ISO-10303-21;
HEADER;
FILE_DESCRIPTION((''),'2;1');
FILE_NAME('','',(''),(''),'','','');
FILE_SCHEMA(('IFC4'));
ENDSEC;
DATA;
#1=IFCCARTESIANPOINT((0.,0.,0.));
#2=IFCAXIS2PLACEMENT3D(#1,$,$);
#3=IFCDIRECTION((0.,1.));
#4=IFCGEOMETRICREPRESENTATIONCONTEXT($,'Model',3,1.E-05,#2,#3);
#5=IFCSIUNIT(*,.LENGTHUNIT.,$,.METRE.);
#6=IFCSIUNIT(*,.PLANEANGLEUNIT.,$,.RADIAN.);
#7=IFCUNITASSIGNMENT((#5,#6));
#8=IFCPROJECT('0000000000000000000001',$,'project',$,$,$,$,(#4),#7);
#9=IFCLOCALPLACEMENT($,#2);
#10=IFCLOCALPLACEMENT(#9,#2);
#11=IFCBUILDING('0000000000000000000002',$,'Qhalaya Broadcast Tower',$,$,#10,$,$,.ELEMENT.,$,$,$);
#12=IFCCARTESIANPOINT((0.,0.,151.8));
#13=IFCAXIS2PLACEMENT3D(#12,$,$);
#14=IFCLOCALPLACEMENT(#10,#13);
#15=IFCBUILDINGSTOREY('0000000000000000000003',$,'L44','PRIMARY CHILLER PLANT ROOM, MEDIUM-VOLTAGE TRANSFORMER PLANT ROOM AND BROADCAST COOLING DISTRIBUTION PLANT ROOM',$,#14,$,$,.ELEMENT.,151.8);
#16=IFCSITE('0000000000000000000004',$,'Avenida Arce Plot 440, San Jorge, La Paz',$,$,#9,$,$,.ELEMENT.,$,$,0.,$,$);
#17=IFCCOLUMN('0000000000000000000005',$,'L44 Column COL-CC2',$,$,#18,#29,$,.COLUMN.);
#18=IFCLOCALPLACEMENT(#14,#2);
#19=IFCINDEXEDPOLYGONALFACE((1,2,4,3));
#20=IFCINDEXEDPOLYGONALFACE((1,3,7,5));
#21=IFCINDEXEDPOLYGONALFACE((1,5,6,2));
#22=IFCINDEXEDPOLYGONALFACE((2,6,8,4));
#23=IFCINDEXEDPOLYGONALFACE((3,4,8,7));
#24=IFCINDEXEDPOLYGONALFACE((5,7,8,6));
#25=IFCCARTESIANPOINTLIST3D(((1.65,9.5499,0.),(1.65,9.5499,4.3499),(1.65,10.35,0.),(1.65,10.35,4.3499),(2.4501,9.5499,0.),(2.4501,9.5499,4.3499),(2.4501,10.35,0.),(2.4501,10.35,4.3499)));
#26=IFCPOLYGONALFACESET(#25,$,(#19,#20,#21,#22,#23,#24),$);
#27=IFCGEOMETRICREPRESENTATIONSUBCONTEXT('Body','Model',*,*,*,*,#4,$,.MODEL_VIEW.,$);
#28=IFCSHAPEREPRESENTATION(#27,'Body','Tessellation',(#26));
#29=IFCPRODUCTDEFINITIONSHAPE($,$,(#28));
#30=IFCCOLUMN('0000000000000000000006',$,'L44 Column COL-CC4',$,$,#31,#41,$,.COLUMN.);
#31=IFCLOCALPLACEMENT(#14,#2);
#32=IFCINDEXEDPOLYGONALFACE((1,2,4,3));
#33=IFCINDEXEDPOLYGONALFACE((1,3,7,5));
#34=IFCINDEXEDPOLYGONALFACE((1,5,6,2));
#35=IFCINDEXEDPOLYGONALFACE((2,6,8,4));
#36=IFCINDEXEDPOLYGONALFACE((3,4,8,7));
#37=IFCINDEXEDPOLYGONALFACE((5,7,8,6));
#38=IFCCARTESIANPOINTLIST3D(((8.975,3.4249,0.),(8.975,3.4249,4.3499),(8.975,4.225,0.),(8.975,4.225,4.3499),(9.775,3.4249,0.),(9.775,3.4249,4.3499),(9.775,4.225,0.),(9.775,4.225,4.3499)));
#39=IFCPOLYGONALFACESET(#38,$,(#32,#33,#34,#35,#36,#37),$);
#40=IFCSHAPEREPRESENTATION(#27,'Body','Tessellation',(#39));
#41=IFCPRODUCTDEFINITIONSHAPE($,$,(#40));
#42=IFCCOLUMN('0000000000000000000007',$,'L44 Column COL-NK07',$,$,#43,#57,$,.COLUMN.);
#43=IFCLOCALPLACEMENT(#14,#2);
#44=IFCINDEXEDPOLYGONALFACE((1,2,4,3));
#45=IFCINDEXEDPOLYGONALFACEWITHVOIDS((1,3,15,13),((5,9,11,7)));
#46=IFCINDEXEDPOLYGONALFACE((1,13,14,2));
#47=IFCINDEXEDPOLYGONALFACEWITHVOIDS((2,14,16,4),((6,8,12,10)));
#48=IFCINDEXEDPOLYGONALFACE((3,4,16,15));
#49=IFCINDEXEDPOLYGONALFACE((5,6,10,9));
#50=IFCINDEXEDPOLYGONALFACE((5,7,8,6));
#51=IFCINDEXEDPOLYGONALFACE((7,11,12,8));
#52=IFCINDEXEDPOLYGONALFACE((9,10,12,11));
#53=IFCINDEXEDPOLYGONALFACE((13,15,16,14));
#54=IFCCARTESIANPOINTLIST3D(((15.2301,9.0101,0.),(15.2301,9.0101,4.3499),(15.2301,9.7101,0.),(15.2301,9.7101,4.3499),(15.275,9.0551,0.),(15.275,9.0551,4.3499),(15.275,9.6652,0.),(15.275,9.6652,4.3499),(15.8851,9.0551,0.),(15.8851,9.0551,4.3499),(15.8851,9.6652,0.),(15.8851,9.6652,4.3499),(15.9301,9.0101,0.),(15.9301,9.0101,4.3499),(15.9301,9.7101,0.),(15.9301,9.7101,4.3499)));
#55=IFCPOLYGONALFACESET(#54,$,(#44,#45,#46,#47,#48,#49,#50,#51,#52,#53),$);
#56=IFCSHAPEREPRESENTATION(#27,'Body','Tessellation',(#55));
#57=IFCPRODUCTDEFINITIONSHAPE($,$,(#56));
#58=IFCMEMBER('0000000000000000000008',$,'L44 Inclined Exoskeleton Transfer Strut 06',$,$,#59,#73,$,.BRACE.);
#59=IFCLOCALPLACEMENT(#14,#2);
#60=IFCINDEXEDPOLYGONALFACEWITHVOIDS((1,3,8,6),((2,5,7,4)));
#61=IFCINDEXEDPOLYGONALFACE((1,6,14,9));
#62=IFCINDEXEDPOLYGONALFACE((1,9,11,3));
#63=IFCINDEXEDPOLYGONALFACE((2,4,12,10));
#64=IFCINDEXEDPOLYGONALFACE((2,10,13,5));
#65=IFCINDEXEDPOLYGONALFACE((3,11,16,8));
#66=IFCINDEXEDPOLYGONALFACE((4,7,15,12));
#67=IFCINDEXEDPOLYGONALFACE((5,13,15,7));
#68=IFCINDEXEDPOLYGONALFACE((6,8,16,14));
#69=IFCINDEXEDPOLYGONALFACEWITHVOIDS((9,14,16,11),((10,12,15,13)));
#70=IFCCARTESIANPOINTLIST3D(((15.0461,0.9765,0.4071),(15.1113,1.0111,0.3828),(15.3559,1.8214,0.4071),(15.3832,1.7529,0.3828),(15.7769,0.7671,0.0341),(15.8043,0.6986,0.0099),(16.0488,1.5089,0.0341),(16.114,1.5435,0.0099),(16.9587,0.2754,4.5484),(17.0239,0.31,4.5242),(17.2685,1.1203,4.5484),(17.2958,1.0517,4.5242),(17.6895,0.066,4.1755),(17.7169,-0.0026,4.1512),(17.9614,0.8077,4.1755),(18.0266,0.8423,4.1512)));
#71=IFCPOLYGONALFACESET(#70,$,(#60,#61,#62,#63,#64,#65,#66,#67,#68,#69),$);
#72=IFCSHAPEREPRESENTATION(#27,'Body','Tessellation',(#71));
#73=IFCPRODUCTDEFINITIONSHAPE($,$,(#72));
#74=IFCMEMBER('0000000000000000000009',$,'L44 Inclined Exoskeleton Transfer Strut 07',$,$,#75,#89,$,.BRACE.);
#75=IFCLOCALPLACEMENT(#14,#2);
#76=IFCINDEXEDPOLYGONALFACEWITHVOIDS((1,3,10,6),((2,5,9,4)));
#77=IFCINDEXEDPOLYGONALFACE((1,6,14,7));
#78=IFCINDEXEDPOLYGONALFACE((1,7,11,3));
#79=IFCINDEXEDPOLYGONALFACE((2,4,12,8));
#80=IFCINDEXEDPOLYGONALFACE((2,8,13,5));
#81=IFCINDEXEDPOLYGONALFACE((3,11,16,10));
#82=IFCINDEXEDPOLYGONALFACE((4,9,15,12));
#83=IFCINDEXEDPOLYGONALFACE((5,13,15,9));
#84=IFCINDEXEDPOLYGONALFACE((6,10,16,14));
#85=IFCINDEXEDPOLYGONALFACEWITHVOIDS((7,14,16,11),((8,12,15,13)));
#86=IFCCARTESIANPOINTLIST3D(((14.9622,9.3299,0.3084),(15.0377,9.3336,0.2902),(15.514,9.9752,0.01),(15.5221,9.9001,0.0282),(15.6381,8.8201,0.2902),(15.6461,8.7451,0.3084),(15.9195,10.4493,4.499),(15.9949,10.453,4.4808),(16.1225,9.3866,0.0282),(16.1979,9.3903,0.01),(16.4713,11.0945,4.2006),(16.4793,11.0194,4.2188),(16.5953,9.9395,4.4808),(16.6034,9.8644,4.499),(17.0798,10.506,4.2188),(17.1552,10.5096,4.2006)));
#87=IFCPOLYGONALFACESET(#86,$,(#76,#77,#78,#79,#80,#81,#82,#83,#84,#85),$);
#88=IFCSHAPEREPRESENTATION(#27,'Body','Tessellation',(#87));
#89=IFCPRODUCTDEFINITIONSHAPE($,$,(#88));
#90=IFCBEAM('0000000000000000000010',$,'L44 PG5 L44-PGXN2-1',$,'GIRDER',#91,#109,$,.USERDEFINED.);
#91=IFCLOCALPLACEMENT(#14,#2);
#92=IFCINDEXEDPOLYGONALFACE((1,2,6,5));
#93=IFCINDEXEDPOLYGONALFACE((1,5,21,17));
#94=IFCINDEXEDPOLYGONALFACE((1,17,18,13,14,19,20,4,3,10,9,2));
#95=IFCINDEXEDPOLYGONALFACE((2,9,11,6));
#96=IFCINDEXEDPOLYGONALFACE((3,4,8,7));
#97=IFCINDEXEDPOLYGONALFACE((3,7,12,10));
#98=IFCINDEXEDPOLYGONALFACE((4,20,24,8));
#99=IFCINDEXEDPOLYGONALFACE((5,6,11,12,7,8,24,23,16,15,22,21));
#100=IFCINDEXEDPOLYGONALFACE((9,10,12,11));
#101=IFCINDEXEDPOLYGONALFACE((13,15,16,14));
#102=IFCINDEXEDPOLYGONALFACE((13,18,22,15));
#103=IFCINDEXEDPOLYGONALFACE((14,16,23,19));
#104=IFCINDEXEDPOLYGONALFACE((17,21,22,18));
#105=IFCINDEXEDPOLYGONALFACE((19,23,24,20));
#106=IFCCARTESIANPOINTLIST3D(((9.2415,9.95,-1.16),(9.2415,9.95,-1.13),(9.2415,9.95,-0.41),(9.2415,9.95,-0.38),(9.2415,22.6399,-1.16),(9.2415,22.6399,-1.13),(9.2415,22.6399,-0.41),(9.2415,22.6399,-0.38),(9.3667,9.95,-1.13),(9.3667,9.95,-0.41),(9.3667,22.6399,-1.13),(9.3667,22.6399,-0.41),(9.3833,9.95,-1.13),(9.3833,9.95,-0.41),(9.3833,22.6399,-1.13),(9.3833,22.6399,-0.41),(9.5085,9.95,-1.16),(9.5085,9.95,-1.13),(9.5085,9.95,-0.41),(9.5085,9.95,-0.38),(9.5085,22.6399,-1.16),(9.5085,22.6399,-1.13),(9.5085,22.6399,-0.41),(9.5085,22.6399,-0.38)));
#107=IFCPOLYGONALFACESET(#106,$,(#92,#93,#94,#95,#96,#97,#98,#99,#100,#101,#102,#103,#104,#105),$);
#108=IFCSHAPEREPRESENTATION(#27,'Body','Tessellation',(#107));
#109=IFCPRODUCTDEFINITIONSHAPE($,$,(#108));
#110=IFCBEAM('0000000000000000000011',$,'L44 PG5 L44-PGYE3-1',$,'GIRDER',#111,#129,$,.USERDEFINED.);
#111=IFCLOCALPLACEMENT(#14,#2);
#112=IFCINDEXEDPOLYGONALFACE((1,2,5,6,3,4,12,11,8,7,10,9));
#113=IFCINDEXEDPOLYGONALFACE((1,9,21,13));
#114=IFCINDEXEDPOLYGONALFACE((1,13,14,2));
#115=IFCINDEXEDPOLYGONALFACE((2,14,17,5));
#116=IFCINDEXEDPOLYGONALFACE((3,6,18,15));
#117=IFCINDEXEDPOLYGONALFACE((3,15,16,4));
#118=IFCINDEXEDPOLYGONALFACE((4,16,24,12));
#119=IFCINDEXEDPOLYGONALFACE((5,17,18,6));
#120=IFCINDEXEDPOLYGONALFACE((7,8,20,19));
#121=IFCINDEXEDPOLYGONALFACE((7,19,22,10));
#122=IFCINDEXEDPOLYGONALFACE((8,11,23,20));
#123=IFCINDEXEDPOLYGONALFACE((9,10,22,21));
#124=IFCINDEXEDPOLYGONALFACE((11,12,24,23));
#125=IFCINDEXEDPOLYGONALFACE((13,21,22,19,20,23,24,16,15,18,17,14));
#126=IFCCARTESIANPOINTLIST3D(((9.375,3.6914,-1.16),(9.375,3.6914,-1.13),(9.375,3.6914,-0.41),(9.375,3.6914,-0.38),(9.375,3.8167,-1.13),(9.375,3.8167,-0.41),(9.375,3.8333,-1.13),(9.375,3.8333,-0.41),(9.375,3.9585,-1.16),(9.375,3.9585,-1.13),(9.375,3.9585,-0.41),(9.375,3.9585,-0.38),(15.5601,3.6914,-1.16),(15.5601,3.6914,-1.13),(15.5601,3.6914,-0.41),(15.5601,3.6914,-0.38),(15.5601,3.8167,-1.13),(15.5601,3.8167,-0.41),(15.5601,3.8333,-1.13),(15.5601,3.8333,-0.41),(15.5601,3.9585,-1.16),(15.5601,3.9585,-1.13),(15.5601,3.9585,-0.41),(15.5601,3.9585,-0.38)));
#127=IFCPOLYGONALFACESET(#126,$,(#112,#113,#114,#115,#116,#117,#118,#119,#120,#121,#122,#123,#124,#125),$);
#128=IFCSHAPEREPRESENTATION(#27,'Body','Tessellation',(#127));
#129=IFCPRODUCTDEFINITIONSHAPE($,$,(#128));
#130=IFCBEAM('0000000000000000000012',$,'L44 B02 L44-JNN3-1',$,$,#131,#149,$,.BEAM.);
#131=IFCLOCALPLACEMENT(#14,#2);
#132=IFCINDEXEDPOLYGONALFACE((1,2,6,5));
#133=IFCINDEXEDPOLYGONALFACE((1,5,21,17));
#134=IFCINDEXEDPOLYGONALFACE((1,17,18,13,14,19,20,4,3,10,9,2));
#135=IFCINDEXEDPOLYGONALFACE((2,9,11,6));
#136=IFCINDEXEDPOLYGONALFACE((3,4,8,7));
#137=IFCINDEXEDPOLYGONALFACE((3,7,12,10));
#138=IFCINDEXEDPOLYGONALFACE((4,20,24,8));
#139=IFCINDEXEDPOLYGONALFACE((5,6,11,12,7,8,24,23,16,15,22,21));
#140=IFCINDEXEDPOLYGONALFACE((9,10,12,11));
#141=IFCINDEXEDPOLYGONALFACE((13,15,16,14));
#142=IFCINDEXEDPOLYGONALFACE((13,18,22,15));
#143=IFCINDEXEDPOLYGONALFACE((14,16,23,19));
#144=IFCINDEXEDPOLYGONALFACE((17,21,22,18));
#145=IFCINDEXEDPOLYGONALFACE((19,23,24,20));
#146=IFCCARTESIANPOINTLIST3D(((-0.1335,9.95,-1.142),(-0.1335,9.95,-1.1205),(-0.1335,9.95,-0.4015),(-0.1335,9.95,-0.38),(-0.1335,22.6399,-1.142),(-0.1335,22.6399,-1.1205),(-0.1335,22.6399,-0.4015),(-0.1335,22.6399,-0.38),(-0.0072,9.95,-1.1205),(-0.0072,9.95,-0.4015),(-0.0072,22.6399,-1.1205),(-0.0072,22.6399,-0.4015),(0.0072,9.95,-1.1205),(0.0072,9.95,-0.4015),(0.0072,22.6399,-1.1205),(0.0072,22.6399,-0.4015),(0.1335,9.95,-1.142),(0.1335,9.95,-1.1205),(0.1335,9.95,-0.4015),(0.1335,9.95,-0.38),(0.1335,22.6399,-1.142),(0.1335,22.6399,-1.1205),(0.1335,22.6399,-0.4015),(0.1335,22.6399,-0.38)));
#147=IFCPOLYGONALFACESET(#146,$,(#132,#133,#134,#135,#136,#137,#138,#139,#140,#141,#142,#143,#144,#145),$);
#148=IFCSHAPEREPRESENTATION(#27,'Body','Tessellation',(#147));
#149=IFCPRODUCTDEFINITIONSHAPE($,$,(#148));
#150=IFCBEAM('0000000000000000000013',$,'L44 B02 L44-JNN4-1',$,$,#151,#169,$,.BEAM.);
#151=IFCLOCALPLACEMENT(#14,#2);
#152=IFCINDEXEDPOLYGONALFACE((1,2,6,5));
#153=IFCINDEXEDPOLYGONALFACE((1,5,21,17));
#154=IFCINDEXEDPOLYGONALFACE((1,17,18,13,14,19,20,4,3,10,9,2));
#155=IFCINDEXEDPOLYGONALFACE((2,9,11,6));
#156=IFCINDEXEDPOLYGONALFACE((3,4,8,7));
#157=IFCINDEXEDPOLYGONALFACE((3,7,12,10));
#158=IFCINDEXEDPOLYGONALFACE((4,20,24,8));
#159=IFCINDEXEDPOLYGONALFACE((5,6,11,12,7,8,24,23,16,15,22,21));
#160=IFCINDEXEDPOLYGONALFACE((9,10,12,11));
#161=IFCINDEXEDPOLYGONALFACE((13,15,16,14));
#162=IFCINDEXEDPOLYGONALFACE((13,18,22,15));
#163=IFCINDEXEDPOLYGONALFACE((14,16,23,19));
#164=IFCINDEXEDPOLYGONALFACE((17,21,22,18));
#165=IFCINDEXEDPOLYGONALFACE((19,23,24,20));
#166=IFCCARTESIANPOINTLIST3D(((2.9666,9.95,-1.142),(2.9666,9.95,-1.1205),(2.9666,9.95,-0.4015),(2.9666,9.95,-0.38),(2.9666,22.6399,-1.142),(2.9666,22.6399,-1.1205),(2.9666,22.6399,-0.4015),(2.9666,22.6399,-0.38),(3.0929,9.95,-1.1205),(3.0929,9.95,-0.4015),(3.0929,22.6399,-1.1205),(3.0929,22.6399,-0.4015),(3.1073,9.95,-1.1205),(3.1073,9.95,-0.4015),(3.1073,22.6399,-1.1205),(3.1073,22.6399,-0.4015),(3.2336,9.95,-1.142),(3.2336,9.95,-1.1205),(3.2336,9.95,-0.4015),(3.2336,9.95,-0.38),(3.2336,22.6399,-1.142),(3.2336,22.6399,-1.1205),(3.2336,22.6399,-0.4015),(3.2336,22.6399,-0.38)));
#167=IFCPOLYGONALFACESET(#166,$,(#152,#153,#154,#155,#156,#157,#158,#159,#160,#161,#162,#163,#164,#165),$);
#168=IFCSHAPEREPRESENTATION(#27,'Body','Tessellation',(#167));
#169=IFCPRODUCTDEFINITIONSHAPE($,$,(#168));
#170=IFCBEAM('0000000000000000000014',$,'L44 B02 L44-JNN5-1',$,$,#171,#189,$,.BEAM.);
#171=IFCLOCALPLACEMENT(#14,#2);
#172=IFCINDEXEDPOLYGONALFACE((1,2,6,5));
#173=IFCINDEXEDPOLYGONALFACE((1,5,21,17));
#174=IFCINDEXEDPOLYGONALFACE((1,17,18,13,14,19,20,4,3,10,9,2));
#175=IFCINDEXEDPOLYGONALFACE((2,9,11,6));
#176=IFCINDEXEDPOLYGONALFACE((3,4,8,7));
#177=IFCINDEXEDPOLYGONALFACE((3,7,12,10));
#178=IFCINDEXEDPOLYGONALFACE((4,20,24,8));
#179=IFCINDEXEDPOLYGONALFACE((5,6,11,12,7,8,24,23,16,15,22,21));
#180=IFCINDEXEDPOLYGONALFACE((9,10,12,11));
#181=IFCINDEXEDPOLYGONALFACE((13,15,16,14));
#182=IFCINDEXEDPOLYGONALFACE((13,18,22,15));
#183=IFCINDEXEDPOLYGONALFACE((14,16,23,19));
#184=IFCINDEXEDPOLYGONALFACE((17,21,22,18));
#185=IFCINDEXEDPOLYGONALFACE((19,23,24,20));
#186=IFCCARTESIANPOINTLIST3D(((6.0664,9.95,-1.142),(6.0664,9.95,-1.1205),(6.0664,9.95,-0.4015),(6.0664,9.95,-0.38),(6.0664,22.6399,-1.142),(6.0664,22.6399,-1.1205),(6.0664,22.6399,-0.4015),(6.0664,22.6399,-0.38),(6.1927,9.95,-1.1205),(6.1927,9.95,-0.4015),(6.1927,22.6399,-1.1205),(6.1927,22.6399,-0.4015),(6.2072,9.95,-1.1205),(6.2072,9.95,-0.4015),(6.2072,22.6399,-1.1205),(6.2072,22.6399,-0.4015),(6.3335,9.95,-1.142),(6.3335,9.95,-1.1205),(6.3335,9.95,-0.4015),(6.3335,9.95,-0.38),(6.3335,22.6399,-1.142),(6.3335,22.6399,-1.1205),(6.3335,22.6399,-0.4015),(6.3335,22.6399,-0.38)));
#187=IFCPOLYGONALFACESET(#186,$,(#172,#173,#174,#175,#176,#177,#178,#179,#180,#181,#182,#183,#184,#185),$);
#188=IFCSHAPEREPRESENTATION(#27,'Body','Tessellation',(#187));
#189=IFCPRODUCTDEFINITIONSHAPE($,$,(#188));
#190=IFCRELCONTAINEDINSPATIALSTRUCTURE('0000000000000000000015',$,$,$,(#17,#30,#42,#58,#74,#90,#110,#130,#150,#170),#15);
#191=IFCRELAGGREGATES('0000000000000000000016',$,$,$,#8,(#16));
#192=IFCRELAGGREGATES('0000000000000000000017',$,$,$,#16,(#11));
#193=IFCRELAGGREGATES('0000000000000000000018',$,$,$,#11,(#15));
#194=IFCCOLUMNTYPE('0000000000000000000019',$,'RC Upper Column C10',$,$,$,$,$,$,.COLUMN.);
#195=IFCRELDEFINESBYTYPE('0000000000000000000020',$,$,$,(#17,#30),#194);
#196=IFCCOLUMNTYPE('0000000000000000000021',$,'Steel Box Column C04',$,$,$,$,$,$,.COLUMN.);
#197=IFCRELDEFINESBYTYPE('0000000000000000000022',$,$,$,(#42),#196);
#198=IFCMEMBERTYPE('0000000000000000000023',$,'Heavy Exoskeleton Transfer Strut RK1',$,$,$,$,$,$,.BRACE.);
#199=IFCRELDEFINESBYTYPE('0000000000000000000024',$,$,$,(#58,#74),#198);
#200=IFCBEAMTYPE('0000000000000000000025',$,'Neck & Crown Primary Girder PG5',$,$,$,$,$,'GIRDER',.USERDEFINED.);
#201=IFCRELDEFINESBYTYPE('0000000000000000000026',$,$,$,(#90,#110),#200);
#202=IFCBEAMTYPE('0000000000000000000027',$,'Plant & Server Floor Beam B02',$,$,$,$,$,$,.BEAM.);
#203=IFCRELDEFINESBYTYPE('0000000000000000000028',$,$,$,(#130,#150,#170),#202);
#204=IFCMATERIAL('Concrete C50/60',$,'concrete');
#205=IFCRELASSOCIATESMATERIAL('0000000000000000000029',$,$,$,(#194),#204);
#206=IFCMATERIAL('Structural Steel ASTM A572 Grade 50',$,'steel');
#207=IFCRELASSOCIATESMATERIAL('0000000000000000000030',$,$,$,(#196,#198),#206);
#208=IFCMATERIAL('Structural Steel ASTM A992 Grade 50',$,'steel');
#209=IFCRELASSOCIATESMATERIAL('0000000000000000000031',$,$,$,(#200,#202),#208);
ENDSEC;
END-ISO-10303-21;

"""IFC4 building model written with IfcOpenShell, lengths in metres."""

from ifc_helpers import new_model, si_unit, direction, frame, origin, origin_2d, place, context, subcontext, project, spatial, rectangle, hollow_rectangle, i_section, extrude, material, material_profile, profile_set, type_object, element, save


model = new_model("IFC4")

# Units and contexts
model_context = context("Model", 3, precision=1e-05, world=origin(), true_north=direction((0.0, 1.0)))
body_context = subcontext(model_context, "Body", "Model", "MODEL_VIEW")
ifc_project = project(units=[si_unit("LENGTHUNIT", "METRE"), si_unit("PLANEANGLEUNIT", "RADIAN")], contexts=[model_context])

# Site, building, storey
site_placement = place(None, origin())
site = spatial("IfcSite", under=ifc_project, at=site_placement, Name="Avenida Arce Plot 440, San Jorge, La Paz", CompositionType="ELEMENT", RefElevation=0.0)
building_placement = place(site_placement, origin())
building = spatial("IfcBuilding", under=site, at=building_placement, Name="Qhalaya Broadcast Tower", CompositionType="ELEMENT")
storey_placement = place(building_placement, frame((0.0, 0.0, 151.8)))
storey = spatial("IfcBuildingStorey", under=building, at=storey_placement, Name="L44", Description="PRIMARY CHILLER PLANT ROOM, MEDIUM-VOLTAGE TRANSFORMER PLANT ROOM AND BROADCAST COOLING DISTRIBUTION PLANT ROOM", CompositionType="ELEMENT", Elevation=151.8)

# Columns
ifc_material_1 = material(Name="Concrete C50/60", Category="concrete")
ifc_material_profile_1 = material_profile(ifc_material_1, rectangle(XDim=0.8, YDim=0.8, at=origin_2d()), Name="RC-COL 800x800")
ifc_profile_set_1 = profile_set([ifc_material_profile_1], Name="Concrete C50/60")
column_type_1 = type_object("IfcColumnType", Name="RC Upper Column C10", PredefinedType="COLUMN", material=ifc_profile_set_1)
for number, where, z_axis, x_axis, name in (
    (1, (2.05, 9.95, 0.0), (0.0, 0.0, 1.0), (1.0, 0.0, 0.0), "L44 Column COL-CC2"),
    (2, (9.375, 3.825, 0.0), (0.0, 0.0, 1.0), (1.0, 0.0, 0.0), "L44 Column COL-CC4"),
):
    element("IfcColumn", number, at=place(storey_placement, frame(where, z_axis=z_axis, x_axis=x_axis)), inside=storey, type_object=column_type_1, Name=name, PredefinedType="COLUMN", context=body_context, shape_type="SweptSolid", body=[
        extrude(rectangle(XDim=0.8, YDim=0.8, at=origin_2d()), origin(), (0.0, 0.0, 1.0), 4.3499),
    ])
ifc_material_2 = material(Name="Structural Steel ASTM A572 Grade 50", Category="steel")
ifc_material_profile_2 = material_profile(ifc_material_2, hollow_rectangle(XDim=0.7, YDim=0.7, WallThickness=0.0449, at=origin_2d()), Name="BOX 700x700x45")
ifc_profile_set_2 = profile_set([ifc_material_profile_2], Name="Structural Steel ASTM A572 Grade 50")
column_type_2 = type_object("IfcColumnType", Name="Steel Box Column C04", PredefinedType="COLUMN", material=ifc_profile_set_2)
column_placement = place(storey_placement, frame((15.5801, 9.3601, 0.0), z_axis=(0.0, 0.0, 1.0), x_axis=(0.0, 1.0, 0.0)))
element("IfcColumn", 3, at=column_placement, inside=storey, type_object=column_type_2, Name="L44 Column COL-NK07", PredefinedType="COLUMN", context=body_context, shape_type="SweptSolid", body=[
    extrude(hollow_rectangle(XDim=0.7, YDim=0.7, WallThickness=0.0449, at=origin_2d()), origin(), (0.0, 0.0, 1.0), 4.3499),
])

# Members
ifc_material_profile_3 = material_profile(ifc_material_2, hollow_rectangle(XDim=0.8999, YDim=0.8999, WallThickness=0.0549, at=origin_2d()), Name="BOX 900x900x55")
ifc_profile_set_3 = profile_set([ifc_material_profile_3], Name="Structural Steel ASTM A572 Grade 50")
member_type = type_object("IfcMemberType", Name="Heavy Exoskeleton Transfer Strut RK1", PredefinedType="BRACE", material=ifc_profile_set_3)
member_1_placement = place(storey_placement, frame((15.5801, 1.26, 0.2085), z_axis=(0.414408, -0.151925, 0.897321), x_axis=(0.344205, 0.938894, 0.0)))
element("IfcMember", 4, at=member_1_placement, inside=storey, type_object=member_type, Name="L44 Inclined Exoskeleton Transfer Strut 06", PredefinedType="BRACE", context=body_context, shape_type="SweptSolid", body=[
    extrude(hollow_rectangle(XDim=0.8999, YDim=0.8999, WallThickness=0.0549, at=origin_2d()), origin(), (0.0, 0.0, 1.0), 4.6152),
])
member_2_placement = place(storey_placement, frame((15.5801, 9.3601, 0.1592), z_axis=(0.215507, 0.252002, 0.943426), x_axis=(-0.759993, 0.649931, 0.0)))
element("IfcMember", 5, at=member_2_placement, inside=storey, type_object=member_type, Name="L44 Inclined Exoskeleton Transfer Strut 07", PredefinedType="BRACE", context=body_context, shape_type="SweptSolid", body=[
    extrude(hollow_rectangle(XDim=0.8999, YDim=0.8999, WallThickness=0.0549, at=origin_2d()), origin(), (0.0, 0.0, 1.0), 4.4419),
])

# Beams
ifc_material_3 = material(Name="Structural Steel ASTM A992 Grade 50", Category="steel")
ifc_material_profile_4 = material_profile(ifc_material_3, i_section(OverallWidth=0.2671, OverallDepth=0.78, WebThickness=0.0166, FlangeThickness=0.03, at=origin_2d()), Name="W30X148")
ifc_profile_set_4 = profile_set([ifc_material_profile_4], Name="Structural Steel ASTM A992 Grade 50")
beam_type_1 = type_object("IfcBeamType", Name="Neck & Crown Primary Girder PG5", ElementType="GIRDER", PredefinedType="USERDEFINED", material=ifc_profile_set_4)
beam_1_placement = place(storey_placement, frame((9.375, 9.95, -0.77), z_axis=(0.0, 1.0, 0.0), x_axis=(-1.0, 0.0, 0.0)))
element("IfcBeam", 6, at=beam_1_placement, inside=storey, type_object=beam_type_1, Name="L44 PG5 L44-PGXN2-1", ObjectType="GIRDER", PredefinedType="USERDEFINED", context=body_context, shape_type="SweptSolid", body=[
    extrude(i_section(OverallWidth=0.2671, OverallDepth=0.78, WebThickness=0.0166, FlangeThickness=0.03, at=origin_2d()), origin(), (0.0, 0.0, 1.0), 12.6899),
])
beam_2_placement = place(storey_placement, frame((9.375, 3.825, -0.77), z_axis=(1.0, 0.0, 0.0), x_axis=(0.0, 1.0, 0.0)))
element("IfcBeam", 7, at=beam_2_placement, inside=storey, type_object=beam_type_1, Name="L44 PG5 L44-PGYE3-1", ObjectType="GIRDER", PredefinedType="USERDEFINED", context=body_context, shape_type="SweptSolid", body=[
    extrude(i_section(OverallWidth=0.2671, OverallDepth=0.78, WebThickness=0.0166, FlangeThickness=0.03, at=origin_2d()), origin(), (0.0, 0.0, 1.0), 6.1851),
])
ifc_material_profile_5 = material_profile(ifc_material_3, i_section(OverallWidth=0.2671, OverallDepth=0.762, WebThickness=0.0144, FlangeThickness=0.0215, at=origin_2d()), Name="W30X116")
ifc_profile_set_5 = profile_set([ifc_material_profile_5], Name="Structural Steel ASTM A992 Grade 50")
beam_type_2 = type_object("IfcBeamType", Name="Plant & Server Floor Beam B02", PredefinedType="BEAM", material=ifc_profile_set_5)
for number, where, z_axis, x_axis, name in (
    (8, (0.0, 9.95, -0.761), (0.0, 1.0, 0.0), (-1.0, 0.0, 0.0), "L44 B02 L44-JNN3-1"),
    (9, (3.1001, 9.95, -0.761), (0.0, 1.0, 0.0), (-1.0, 0.0, 0.0), "L44 B02 L44-JNN4-1"),
    (10, (6.2, 9.95, -0.761), (0.0, 1.0, 0.0), (-1.0, 0.0, 0.0), "L44 B02 L44-JNN5-1"),
):
    element("IfcBeam", number, at=place(storey_placement, frame(where, z_axis=z_axis, x_axis=x_axis)), inside=storey, type_object=beam_type_2, Name=name, PredefinedType="BEAM", context=body_context, shape_type="SweptSolid", body=[
        extrude(i_section(OverallWidth=0.2671, OverallDepth=0.762, WebThickness=0.0144, FlangeThickness=0.0215, at=origin_2d()), origin(), (0.0, 0.0, 1.0), 12.6899),
    ])

save(model, "model.ifc")
